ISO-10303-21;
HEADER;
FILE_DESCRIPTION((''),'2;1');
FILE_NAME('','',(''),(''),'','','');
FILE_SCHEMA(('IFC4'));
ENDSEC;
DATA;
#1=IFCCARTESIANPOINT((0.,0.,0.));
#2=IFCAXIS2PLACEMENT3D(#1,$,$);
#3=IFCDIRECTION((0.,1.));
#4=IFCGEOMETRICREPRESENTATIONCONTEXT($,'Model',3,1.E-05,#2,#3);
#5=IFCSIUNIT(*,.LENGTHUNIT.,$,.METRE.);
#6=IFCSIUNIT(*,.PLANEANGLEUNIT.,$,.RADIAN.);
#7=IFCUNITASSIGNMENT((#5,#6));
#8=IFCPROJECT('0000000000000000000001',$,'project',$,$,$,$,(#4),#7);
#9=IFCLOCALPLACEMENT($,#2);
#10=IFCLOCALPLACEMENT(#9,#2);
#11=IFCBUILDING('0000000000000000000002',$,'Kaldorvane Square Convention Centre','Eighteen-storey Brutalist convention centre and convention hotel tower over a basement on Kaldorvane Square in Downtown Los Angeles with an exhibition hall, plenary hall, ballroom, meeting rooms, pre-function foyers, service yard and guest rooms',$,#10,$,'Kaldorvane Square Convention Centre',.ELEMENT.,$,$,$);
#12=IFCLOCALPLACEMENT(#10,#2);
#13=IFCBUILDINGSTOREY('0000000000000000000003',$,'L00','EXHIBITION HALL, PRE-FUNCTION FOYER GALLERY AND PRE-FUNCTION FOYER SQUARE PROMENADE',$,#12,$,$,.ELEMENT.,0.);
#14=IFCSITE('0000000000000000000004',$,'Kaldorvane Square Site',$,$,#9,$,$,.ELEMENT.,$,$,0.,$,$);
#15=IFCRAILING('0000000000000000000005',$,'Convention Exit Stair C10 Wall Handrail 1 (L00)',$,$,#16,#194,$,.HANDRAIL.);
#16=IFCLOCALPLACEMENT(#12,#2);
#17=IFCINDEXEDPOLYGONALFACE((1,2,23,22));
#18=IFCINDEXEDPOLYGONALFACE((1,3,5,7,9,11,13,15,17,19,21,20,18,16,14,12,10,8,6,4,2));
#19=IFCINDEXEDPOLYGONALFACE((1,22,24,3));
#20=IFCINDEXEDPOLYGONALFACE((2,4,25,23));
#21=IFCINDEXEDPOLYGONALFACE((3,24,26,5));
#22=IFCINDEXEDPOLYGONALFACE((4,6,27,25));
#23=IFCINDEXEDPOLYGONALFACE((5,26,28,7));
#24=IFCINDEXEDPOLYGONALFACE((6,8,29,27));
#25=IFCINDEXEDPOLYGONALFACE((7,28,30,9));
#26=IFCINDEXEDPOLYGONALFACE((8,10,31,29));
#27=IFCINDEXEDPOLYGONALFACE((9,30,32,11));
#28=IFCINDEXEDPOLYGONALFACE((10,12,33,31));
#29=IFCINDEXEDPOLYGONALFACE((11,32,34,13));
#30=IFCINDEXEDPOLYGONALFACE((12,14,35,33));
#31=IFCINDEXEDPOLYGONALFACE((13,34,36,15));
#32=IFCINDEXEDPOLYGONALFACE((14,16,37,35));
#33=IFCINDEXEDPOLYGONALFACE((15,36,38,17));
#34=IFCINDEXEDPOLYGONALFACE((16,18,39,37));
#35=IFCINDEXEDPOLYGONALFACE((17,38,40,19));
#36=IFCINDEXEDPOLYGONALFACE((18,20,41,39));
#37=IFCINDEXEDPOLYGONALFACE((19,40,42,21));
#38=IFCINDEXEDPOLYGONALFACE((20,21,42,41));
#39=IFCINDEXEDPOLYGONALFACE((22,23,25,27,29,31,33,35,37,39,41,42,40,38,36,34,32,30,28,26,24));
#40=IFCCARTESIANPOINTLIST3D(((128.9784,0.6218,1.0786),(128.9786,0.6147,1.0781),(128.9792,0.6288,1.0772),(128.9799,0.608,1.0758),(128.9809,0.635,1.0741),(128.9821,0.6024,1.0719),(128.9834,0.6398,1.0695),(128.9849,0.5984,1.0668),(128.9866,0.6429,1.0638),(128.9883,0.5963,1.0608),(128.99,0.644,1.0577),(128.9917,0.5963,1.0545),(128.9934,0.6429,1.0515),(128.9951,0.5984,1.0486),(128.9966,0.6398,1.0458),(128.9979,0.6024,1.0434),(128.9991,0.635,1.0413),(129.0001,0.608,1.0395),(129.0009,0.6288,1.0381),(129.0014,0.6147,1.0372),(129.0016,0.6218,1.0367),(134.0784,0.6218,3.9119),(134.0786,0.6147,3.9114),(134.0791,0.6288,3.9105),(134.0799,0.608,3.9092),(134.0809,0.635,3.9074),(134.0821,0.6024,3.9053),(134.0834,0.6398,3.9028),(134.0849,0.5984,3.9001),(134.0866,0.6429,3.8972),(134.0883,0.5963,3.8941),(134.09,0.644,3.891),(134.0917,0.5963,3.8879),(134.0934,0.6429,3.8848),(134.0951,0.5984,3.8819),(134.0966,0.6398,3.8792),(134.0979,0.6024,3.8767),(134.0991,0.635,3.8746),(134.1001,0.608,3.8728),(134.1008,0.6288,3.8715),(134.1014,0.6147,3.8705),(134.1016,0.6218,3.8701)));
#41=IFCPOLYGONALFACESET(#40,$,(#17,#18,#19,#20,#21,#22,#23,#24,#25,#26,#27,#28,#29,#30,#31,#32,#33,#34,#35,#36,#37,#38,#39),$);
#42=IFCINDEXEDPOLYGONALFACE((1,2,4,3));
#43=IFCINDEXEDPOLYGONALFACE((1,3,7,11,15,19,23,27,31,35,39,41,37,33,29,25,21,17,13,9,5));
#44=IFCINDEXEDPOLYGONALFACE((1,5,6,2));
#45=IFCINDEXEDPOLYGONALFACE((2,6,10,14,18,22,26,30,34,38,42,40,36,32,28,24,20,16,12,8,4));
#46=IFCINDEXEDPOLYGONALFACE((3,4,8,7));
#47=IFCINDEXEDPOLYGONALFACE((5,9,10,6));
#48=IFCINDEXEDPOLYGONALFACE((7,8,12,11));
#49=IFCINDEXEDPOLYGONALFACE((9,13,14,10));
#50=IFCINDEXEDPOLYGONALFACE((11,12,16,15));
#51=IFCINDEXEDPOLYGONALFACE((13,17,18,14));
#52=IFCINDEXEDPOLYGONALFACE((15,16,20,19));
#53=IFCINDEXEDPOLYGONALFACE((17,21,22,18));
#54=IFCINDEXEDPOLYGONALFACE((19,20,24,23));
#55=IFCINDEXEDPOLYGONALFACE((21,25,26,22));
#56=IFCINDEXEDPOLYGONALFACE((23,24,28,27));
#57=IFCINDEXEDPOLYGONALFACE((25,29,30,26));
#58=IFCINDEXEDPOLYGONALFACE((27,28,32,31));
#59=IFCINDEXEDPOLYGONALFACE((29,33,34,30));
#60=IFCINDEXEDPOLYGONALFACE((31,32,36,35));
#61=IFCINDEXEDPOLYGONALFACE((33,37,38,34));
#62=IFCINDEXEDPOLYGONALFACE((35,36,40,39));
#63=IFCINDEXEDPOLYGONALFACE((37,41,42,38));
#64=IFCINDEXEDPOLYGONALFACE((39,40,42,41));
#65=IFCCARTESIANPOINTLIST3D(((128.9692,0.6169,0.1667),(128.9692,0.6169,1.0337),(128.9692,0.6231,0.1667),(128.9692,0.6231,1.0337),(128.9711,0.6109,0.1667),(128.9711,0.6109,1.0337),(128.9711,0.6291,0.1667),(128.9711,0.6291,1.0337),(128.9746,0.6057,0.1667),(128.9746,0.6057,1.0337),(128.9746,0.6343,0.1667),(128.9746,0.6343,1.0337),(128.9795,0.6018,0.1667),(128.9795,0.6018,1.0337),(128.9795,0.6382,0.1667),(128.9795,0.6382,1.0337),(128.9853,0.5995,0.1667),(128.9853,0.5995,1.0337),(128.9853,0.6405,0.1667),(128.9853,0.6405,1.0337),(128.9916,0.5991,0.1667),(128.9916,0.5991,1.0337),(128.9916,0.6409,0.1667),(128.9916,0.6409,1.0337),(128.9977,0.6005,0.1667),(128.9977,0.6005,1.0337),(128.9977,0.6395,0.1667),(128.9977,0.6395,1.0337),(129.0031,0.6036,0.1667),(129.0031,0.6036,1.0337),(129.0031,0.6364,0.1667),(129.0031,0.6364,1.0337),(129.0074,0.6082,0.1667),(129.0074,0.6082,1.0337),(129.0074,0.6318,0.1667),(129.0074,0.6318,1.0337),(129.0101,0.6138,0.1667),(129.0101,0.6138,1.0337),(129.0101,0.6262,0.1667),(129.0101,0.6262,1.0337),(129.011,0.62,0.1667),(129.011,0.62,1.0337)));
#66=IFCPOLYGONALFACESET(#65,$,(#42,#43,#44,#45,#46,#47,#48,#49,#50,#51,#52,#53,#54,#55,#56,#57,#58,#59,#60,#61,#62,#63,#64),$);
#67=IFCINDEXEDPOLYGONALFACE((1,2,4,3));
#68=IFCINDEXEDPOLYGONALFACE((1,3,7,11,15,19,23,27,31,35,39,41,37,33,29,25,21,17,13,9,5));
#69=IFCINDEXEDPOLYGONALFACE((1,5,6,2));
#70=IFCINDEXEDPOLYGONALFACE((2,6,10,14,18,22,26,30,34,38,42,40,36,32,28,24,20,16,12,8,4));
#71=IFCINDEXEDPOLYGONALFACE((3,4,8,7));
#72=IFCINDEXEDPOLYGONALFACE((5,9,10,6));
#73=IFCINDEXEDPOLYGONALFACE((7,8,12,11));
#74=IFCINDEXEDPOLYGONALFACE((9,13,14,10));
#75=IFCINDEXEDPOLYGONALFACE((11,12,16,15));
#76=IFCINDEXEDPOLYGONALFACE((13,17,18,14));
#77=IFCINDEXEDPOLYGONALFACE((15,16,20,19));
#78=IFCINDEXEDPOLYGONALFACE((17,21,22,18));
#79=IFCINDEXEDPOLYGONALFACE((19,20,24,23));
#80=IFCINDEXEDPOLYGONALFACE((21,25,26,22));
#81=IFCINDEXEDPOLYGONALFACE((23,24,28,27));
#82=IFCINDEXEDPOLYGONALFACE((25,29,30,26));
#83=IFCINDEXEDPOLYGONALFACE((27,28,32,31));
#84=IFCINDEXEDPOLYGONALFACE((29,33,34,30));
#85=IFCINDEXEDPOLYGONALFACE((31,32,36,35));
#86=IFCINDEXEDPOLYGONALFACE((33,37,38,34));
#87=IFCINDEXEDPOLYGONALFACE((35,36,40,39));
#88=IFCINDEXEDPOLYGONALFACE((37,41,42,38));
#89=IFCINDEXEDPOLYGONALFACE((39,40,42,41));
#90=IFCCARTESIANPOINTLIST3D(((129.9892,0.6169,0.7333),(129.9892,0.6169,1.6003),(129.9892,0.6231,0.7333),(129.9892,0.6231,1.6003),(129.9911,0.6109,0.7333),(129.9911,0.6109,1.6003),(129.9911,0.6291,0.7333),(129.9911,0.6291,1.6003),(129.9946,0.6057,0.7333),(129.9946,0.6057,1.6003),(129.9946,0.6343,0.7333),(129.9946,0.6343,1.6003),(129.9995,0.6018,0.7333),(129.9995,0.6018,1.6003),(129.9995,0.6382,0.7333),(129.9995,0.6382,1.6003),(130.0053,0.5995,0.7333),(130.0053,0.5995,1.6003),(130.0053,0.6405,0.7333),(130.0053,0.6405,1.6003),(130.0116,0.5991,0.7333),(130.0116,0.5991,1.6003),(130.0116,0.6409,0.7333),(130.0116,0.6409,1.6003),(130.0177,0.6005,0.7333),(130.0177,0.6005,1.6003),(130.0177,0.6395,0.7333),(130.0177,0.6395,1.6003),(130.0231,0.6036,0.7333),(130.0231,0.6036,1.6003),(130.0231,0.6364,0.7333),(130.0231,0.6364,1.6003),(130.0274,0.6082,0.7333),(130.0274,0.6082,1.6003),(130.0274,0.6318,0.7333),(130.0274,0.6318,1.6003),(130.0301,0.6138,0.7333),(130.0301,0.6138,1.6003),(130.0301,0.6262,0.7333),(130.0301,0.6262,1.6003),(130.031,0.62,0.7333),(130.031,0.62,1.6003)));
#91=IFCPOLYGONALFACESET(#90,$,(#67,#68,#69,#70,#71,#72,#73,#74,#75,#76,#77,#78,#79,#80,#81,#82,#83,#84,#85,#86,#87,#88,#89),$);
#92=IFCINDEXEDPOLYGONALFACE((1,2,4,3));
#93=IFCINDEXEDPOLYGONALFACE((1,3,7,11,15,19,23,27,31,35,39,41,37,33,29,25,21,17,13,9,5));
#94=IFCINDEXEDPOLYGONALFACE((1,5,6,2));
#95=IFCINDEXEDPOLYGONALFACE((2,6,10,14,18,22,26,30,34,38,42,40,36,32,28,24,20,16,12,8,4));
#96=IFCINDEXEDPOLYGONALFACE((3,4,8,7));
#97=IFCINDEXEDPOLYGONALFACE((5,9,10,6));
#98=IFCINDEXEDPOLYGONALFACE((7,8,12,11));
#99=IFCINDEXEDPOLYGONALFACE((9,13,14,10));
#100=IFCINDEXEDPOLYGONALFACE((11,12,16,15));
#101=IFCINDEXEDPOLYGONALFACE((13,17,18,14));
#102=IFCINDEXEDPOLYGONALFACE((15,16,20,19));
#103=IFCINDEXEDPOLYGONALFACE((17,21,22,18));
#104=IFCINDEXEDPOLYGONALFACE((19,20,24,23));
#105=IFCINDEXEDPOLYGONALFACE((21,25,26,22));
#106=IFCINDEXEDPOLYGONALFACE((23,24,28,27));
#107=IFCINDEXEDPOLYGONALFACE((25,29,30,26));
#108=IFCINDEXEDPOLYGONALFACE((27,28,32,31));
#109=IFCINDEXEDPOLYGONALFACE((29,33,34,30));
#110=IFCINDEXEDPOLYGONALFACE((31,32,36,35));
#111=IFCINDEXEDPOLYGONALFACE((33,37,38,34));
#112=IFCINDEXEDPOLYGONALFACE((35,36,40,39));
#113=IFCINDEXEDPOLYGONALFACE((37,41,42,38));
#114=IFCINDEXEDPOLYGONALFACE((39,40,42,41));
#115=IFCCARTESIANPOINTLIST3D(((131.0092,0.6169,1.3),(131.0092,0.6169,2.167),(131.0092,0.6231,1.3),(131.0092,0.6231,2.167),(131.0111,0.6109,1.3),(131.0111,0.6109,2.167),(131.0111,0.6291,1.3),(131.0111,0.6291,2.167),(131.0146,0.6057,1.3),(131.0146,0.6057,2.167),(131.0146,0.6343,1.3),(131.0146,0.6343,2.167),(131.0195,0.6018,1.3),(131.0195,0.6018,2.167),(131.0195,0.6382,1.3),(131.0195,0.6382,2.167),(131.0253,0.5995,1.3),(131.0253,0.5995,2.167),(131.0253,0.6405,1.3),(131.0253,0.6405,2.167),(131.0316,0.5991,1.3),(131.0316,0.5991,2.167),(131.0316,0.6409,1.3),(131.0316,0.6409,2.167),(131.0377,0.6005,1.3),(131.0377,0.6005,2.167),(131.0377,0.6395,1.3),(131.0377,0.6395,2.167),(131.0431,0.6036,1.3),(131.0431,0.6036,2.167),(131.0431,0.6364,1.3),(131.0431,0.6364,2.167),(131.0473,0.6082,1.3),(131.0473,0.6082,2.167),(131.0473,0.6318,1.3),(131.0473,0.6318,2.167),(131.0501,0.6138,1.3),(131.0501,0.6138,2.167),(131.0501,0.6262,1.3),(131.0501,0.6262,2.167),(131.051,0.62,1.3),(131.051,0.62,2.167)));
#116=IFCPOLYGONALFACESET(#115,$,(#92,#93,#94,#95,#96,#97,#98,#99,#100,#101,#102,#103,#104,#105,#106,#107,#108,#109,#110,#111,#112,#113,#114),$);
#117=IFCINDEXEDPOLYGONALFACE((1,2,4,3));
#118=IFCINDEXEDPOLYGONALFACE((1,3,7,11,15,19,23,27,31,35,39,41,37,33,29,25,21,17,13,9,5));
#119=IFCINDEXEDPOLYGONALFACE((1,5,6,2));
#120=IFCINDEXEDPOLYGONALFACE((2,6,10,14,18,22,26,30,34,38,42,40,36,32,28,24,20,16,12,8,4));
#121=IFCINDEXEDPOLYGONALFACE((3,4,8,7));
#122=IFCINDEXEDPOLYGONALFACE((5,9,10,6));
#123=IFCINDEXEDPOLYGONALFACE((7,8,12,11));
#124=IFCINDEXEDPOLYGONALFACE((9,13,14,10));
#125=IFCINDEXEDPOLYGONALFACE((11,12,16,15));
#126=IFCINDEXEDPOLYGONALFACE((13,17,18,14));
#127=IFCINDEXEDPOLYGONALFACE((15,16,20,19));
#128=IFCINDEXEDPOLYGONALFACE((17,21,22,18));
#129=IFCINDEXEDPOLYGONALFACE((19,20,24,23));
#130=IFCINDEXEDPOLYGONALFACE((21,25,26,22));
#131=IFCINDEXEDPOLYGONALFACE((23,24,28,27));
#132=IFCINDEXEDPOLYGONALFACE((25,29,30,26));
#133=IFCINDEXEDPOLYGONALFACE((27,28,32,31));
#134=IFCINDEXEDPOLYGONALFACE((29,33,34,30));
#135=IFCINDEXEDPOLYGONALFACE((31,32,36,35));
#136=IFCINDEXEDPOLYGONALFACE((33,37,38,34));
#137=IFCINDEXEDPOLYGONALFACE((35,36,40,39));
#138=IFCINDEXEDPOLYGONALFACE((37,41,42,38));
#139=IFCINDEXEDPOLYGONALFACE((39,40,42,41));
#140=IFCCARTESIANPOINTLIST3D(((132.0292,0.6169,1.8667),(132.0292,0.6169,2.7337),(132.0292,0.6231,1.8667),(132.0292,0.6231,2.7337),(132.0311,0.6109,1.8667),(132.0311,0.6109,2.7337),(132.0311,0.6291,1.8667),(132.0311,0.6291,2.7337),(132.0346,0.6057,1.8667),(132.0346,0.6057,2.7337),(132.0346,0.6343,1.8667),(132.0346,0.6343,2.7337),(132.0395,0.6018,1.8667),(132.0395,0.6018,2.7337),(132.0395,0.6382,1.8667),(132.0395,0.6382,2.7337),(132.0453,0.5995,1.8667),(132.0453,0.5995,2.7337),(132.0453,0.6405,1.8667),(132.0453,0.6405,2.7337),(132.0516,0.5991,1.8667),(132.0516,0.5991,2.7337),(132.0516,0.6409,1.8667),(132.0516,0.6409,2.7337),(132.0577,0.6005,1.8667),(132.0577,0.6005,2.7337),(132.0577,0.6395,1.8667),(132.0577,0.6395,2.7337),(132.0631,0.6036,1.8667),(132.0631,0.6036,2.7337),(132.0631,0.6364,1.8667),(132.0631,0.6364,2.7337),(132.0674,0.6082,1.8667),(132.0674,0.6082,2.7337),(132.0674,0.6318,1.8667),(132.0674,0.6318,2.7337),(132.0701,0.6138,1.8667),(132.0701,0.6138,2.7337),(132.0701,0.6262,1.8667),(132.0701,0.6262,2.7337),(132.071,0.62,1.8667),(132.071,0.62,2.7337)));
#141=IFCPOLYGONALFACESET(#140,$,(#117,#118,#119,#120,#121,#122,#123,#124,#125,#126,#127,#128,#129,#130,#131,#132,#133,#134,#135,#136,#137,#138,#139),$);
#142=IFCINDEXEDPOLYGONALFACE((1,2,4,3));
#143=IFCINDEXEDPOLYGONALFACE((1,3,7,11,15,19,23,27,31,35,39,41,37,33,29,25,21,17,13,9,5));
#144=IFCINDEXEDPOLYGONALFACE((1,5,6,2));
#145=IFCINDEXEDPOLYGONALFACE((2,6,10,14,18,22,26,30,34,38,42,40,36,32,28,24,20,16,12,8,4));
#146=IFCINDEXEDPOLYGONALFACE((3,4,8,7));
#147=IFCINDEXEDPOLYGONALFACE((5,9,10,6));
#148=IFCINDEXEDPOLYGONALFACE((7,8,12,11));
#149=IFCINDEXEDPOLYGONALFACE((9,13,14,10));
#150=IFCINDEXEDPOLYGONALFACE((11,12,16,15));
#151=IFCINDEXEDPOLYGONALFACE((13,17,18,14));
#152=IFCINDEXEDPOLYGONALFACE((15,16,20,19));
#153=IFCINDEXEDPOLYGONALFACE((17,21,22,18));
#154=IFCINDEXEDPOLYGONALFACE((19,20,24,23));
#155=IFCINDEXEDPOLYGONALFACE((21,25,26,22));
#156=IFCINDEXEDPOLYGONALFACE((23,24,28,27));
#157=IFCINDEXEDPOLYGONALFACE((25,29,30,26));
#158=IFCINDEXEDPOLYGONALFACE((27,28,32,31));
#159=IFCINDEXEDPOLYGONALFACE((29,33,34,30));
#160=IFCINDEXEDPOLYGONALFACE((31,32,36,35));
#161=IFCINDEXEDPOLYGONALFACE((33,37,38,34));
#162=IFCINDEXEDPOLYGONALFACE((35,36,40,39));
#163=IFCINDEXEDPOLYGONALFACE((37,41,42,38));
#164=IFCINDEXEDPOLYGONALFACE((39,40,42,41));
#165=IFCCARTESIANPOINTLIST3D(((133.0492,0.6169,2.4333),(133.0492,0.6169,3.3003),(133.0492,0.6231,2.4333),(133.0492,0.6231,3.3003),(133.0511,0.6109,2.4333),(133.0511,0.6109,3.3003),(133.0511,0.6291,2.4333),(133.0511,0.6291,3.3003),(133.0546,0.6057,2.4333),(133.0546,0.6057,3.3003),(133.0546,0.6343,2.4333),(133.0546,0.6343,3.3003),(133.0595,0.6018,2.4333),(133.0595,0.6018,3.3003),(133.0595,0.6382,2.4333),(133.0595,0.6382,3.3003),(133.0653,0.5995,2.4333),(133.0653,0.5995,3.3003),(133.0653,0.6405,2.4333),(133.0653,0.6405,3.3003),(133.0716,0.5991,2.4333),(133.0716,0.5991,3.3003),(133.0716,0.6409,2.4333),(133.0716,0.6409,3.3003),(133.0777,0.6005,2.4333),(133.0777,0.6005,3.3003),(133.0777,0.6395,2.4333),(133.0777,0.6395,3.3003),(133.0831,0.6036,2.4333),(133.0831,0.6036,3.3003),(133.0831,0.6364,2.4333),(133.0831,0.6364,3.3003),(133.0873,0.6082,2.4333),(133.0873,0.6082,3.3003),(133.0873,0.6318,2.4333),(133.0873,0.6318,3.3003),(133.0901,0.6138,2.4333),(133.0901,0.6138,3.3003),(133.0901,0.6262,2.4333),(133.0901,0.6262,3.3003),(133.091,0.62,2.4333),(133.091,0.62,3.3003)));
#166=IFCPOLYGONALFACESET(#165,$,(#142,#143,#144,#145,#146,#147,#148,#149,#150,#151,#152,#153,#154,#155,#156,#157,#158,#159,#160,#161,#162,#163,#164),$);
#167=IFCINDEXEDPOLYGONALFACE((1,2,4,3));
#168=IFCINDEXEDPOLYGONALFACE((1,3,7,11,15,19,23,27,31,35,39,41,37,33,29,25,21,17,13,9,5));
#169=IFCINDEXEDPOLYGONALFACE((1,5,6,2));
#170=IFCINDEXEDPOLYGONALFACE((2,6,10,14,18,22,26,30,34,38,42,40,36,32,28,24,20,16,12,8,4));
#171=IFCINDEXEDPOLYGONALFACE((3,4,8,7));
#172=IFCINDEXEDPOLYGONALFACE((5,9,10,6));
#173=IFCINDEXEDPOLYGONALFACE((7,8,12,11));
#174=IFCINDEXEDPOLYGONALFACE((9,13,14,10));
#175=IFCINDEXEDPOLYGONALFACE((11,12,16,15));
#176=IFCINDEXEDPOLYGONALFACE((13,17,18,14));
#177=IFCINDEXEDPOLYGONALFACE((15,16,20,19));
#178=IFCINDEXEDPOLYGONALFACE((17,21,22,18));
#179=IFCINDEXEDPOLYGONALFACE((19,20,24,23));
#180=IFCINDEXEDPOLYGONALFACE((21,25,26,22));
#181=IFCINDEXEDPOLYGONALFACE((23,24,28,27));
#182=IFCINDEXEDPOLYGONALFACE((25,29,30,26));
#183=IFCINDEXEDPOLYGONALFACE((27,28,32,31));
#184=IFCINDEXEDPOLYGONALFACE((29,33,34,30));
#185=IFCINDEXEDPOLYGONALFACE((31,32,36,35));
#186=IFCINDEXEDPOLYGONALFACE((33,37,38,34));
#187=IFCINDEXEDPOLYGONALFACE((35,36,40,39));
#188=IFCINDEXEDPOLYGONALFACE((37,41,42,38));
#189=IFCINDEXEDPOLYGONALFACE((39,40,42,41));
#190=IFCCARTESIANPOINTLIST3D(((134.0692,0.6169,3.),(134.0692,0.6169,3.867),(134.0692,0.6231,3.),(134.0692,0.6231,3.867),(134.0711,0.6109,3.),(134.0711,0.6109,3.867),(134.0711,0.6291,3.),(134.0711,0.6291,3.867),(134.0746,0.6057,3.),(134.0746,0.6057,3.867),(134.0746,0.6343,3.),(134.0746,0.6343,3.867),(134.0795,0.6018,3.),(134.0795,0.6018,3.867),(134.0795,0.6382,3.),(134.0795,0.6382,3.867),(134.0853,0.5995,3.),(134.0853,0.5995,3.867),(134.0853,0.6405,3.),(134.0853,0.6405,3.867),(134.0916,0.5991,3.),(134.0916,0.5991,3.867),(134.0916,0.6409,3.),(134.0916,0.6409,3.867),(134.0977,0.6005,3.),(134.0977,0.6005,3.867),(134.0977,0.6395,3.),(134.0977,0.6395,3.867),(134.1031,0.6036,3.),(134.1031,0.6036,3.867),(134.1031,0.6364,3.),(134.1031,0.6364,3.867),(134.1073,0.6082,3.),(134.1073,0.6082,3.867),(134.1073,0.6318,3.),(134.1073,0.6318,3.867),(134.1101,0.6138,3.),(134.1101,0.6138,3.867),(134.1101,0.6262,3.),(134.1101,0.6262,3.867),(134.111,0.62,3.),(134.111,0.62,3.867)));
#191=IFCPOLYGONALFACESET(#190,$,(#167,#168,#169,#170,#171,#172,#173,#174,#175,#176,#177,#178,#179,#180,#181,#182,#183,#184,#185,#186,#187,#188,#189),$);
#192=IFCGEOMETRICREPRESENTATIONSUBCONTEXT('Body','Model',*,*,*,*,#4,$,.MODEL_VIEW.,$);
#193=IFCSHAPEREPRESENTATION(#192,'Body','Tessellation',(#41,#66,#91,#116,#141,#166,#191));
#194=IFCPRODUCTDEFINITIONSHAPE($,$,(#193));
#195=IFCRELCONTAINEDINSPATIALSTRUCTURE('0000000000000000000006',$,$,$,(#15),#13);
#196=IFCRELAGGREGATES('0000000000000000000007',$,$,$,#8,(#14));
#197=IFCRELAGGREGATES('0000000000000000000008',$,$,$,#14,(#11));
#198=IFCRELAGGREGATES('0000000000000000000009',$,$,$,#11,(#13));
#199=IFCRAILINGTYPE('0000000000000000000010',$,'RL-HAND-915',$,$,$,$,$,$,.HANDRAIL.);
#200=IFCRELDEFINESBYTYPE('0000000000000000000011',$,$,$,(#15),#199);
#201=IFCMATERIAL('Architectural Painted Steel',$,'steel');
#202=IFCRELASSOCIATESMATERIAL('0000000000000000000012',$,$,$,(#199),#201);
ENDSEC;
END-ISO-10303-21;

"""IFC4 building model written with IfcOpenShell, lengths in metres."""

from ifc_helpers import new_model, si_unit, direction, frame, origin, origin_2d, place, context, subcontext, project, spatial, circle, extrude, material, type_object, element, save


model = new_model("IFC4")

# Units and contexts
model_context = context("Model", 3, precision=1e-05, world=origin(), true_north=direction((0.0, 1.0)))
body_context = subcontext(model_context, "Body", "Model", "MODEL_VIEW")
ifc_project = project(units=[si_unit("LENGTHUNIT", "METRE"), si_unit("PLANEANGLEUNIT", "RADIAN")], contexts=[model_context])

# Site, building, storey
site_placement = place(None, origin())
site = spatial("IfcSite", under=ifc_project, at=site_placement, Name="Kaldorvane Square Site", CompositionType="ELEMENT", RefElevation=0.0)
building_placement = place(site_placement, origin())
building = spatial("IfcBuilding", under=site, at=building_placement, Name="Kaldorvane Square Convention Centre", Description="Eighteen-storey Brutalist convention centre and convention hotel tower over a basement on Kaldorvane Square in Downtown Los Angeles with an exhibition hall, plenary hall, ballroom, meeting rooms, pre-function foyers, service yard and guest rooms", LongName="Kaldorvane Square Convention Centre", CompositionType="ELEMENT")
storey_placement = place(building_placement, origin())
storey = spatial("IfcBuildingStorey", under=building, at=storey_placement, Name="L00", Description="EXHIBITION HALL, PRE-FUNCTION FOYER GALLERY AND PRE-FUNCTION FOYER SQUARE PROMENADE", CompositionType="ELEMENT", Elevation=0.0)

# Railing
ifc_material_1 = material(Name="Architectural Painted Steel", Category="steel")
railing_type_1 = type_object("IfcRailingType", Name="RL-HAND-915", PredefinedType="HANDRAIL", material=ifc_material_1)
railing_1_placement = place(storey_placement, frame((128.99, 0.62, 0.1667)))
element("IfcRailing", 1, at=railing_1_placement, inside=storey, type_object=railing_type_1, Name="Convention Exit Stair C10 Wall Handrail 1 (L00)", PredefinedType="HANDRAIL", context=body_context, shape_type="SweptSolid", body=[
    extrude(circle(Radius=0.024, at=origin_2d()), frame((0.0, 0.0, 0.891), z_axis=(0.874157, 0.0, 0.485643), x_axis=(0.0, 1.0, 0.0)), (0.0, 0.0, 1.0), 5.8342),
    extrude(circle(Radius=0.021, at=origin_2d()), origin(), (0.0, 0.0, 1.0), 0.867),
    extrude(circle(Radius=0.021, at=origin_2d()), frame((1.02, 0.0, 0.5667)), (0.0, 0.0, 1.0), 0.867),
    extrude(circle(Radius=0.021, at=origin_2d()), frame((2.04, 0.0, 1.1333)), (0.0, 0.0, 1.0), 0.867),
    extrude(circle(Radius=0.021, at=origin_2d()), frame((3.06, 0.0, 1.7)), (0.0, 0.0, 1.0), 0.867),
    extrude(circle(Radius=0.021, at=origin_2d()), frame((4.08, 0.0, 2.2667)), (0.0, 0.0, 1.0), 0.867),
    extrude(circle(Radius=0.021, at=origin_2d()), frame((5.1, 0.0, 2.8333)), (0.0, 0.0, 1.0), 0.867),
])

save(model, "model.ifc")
